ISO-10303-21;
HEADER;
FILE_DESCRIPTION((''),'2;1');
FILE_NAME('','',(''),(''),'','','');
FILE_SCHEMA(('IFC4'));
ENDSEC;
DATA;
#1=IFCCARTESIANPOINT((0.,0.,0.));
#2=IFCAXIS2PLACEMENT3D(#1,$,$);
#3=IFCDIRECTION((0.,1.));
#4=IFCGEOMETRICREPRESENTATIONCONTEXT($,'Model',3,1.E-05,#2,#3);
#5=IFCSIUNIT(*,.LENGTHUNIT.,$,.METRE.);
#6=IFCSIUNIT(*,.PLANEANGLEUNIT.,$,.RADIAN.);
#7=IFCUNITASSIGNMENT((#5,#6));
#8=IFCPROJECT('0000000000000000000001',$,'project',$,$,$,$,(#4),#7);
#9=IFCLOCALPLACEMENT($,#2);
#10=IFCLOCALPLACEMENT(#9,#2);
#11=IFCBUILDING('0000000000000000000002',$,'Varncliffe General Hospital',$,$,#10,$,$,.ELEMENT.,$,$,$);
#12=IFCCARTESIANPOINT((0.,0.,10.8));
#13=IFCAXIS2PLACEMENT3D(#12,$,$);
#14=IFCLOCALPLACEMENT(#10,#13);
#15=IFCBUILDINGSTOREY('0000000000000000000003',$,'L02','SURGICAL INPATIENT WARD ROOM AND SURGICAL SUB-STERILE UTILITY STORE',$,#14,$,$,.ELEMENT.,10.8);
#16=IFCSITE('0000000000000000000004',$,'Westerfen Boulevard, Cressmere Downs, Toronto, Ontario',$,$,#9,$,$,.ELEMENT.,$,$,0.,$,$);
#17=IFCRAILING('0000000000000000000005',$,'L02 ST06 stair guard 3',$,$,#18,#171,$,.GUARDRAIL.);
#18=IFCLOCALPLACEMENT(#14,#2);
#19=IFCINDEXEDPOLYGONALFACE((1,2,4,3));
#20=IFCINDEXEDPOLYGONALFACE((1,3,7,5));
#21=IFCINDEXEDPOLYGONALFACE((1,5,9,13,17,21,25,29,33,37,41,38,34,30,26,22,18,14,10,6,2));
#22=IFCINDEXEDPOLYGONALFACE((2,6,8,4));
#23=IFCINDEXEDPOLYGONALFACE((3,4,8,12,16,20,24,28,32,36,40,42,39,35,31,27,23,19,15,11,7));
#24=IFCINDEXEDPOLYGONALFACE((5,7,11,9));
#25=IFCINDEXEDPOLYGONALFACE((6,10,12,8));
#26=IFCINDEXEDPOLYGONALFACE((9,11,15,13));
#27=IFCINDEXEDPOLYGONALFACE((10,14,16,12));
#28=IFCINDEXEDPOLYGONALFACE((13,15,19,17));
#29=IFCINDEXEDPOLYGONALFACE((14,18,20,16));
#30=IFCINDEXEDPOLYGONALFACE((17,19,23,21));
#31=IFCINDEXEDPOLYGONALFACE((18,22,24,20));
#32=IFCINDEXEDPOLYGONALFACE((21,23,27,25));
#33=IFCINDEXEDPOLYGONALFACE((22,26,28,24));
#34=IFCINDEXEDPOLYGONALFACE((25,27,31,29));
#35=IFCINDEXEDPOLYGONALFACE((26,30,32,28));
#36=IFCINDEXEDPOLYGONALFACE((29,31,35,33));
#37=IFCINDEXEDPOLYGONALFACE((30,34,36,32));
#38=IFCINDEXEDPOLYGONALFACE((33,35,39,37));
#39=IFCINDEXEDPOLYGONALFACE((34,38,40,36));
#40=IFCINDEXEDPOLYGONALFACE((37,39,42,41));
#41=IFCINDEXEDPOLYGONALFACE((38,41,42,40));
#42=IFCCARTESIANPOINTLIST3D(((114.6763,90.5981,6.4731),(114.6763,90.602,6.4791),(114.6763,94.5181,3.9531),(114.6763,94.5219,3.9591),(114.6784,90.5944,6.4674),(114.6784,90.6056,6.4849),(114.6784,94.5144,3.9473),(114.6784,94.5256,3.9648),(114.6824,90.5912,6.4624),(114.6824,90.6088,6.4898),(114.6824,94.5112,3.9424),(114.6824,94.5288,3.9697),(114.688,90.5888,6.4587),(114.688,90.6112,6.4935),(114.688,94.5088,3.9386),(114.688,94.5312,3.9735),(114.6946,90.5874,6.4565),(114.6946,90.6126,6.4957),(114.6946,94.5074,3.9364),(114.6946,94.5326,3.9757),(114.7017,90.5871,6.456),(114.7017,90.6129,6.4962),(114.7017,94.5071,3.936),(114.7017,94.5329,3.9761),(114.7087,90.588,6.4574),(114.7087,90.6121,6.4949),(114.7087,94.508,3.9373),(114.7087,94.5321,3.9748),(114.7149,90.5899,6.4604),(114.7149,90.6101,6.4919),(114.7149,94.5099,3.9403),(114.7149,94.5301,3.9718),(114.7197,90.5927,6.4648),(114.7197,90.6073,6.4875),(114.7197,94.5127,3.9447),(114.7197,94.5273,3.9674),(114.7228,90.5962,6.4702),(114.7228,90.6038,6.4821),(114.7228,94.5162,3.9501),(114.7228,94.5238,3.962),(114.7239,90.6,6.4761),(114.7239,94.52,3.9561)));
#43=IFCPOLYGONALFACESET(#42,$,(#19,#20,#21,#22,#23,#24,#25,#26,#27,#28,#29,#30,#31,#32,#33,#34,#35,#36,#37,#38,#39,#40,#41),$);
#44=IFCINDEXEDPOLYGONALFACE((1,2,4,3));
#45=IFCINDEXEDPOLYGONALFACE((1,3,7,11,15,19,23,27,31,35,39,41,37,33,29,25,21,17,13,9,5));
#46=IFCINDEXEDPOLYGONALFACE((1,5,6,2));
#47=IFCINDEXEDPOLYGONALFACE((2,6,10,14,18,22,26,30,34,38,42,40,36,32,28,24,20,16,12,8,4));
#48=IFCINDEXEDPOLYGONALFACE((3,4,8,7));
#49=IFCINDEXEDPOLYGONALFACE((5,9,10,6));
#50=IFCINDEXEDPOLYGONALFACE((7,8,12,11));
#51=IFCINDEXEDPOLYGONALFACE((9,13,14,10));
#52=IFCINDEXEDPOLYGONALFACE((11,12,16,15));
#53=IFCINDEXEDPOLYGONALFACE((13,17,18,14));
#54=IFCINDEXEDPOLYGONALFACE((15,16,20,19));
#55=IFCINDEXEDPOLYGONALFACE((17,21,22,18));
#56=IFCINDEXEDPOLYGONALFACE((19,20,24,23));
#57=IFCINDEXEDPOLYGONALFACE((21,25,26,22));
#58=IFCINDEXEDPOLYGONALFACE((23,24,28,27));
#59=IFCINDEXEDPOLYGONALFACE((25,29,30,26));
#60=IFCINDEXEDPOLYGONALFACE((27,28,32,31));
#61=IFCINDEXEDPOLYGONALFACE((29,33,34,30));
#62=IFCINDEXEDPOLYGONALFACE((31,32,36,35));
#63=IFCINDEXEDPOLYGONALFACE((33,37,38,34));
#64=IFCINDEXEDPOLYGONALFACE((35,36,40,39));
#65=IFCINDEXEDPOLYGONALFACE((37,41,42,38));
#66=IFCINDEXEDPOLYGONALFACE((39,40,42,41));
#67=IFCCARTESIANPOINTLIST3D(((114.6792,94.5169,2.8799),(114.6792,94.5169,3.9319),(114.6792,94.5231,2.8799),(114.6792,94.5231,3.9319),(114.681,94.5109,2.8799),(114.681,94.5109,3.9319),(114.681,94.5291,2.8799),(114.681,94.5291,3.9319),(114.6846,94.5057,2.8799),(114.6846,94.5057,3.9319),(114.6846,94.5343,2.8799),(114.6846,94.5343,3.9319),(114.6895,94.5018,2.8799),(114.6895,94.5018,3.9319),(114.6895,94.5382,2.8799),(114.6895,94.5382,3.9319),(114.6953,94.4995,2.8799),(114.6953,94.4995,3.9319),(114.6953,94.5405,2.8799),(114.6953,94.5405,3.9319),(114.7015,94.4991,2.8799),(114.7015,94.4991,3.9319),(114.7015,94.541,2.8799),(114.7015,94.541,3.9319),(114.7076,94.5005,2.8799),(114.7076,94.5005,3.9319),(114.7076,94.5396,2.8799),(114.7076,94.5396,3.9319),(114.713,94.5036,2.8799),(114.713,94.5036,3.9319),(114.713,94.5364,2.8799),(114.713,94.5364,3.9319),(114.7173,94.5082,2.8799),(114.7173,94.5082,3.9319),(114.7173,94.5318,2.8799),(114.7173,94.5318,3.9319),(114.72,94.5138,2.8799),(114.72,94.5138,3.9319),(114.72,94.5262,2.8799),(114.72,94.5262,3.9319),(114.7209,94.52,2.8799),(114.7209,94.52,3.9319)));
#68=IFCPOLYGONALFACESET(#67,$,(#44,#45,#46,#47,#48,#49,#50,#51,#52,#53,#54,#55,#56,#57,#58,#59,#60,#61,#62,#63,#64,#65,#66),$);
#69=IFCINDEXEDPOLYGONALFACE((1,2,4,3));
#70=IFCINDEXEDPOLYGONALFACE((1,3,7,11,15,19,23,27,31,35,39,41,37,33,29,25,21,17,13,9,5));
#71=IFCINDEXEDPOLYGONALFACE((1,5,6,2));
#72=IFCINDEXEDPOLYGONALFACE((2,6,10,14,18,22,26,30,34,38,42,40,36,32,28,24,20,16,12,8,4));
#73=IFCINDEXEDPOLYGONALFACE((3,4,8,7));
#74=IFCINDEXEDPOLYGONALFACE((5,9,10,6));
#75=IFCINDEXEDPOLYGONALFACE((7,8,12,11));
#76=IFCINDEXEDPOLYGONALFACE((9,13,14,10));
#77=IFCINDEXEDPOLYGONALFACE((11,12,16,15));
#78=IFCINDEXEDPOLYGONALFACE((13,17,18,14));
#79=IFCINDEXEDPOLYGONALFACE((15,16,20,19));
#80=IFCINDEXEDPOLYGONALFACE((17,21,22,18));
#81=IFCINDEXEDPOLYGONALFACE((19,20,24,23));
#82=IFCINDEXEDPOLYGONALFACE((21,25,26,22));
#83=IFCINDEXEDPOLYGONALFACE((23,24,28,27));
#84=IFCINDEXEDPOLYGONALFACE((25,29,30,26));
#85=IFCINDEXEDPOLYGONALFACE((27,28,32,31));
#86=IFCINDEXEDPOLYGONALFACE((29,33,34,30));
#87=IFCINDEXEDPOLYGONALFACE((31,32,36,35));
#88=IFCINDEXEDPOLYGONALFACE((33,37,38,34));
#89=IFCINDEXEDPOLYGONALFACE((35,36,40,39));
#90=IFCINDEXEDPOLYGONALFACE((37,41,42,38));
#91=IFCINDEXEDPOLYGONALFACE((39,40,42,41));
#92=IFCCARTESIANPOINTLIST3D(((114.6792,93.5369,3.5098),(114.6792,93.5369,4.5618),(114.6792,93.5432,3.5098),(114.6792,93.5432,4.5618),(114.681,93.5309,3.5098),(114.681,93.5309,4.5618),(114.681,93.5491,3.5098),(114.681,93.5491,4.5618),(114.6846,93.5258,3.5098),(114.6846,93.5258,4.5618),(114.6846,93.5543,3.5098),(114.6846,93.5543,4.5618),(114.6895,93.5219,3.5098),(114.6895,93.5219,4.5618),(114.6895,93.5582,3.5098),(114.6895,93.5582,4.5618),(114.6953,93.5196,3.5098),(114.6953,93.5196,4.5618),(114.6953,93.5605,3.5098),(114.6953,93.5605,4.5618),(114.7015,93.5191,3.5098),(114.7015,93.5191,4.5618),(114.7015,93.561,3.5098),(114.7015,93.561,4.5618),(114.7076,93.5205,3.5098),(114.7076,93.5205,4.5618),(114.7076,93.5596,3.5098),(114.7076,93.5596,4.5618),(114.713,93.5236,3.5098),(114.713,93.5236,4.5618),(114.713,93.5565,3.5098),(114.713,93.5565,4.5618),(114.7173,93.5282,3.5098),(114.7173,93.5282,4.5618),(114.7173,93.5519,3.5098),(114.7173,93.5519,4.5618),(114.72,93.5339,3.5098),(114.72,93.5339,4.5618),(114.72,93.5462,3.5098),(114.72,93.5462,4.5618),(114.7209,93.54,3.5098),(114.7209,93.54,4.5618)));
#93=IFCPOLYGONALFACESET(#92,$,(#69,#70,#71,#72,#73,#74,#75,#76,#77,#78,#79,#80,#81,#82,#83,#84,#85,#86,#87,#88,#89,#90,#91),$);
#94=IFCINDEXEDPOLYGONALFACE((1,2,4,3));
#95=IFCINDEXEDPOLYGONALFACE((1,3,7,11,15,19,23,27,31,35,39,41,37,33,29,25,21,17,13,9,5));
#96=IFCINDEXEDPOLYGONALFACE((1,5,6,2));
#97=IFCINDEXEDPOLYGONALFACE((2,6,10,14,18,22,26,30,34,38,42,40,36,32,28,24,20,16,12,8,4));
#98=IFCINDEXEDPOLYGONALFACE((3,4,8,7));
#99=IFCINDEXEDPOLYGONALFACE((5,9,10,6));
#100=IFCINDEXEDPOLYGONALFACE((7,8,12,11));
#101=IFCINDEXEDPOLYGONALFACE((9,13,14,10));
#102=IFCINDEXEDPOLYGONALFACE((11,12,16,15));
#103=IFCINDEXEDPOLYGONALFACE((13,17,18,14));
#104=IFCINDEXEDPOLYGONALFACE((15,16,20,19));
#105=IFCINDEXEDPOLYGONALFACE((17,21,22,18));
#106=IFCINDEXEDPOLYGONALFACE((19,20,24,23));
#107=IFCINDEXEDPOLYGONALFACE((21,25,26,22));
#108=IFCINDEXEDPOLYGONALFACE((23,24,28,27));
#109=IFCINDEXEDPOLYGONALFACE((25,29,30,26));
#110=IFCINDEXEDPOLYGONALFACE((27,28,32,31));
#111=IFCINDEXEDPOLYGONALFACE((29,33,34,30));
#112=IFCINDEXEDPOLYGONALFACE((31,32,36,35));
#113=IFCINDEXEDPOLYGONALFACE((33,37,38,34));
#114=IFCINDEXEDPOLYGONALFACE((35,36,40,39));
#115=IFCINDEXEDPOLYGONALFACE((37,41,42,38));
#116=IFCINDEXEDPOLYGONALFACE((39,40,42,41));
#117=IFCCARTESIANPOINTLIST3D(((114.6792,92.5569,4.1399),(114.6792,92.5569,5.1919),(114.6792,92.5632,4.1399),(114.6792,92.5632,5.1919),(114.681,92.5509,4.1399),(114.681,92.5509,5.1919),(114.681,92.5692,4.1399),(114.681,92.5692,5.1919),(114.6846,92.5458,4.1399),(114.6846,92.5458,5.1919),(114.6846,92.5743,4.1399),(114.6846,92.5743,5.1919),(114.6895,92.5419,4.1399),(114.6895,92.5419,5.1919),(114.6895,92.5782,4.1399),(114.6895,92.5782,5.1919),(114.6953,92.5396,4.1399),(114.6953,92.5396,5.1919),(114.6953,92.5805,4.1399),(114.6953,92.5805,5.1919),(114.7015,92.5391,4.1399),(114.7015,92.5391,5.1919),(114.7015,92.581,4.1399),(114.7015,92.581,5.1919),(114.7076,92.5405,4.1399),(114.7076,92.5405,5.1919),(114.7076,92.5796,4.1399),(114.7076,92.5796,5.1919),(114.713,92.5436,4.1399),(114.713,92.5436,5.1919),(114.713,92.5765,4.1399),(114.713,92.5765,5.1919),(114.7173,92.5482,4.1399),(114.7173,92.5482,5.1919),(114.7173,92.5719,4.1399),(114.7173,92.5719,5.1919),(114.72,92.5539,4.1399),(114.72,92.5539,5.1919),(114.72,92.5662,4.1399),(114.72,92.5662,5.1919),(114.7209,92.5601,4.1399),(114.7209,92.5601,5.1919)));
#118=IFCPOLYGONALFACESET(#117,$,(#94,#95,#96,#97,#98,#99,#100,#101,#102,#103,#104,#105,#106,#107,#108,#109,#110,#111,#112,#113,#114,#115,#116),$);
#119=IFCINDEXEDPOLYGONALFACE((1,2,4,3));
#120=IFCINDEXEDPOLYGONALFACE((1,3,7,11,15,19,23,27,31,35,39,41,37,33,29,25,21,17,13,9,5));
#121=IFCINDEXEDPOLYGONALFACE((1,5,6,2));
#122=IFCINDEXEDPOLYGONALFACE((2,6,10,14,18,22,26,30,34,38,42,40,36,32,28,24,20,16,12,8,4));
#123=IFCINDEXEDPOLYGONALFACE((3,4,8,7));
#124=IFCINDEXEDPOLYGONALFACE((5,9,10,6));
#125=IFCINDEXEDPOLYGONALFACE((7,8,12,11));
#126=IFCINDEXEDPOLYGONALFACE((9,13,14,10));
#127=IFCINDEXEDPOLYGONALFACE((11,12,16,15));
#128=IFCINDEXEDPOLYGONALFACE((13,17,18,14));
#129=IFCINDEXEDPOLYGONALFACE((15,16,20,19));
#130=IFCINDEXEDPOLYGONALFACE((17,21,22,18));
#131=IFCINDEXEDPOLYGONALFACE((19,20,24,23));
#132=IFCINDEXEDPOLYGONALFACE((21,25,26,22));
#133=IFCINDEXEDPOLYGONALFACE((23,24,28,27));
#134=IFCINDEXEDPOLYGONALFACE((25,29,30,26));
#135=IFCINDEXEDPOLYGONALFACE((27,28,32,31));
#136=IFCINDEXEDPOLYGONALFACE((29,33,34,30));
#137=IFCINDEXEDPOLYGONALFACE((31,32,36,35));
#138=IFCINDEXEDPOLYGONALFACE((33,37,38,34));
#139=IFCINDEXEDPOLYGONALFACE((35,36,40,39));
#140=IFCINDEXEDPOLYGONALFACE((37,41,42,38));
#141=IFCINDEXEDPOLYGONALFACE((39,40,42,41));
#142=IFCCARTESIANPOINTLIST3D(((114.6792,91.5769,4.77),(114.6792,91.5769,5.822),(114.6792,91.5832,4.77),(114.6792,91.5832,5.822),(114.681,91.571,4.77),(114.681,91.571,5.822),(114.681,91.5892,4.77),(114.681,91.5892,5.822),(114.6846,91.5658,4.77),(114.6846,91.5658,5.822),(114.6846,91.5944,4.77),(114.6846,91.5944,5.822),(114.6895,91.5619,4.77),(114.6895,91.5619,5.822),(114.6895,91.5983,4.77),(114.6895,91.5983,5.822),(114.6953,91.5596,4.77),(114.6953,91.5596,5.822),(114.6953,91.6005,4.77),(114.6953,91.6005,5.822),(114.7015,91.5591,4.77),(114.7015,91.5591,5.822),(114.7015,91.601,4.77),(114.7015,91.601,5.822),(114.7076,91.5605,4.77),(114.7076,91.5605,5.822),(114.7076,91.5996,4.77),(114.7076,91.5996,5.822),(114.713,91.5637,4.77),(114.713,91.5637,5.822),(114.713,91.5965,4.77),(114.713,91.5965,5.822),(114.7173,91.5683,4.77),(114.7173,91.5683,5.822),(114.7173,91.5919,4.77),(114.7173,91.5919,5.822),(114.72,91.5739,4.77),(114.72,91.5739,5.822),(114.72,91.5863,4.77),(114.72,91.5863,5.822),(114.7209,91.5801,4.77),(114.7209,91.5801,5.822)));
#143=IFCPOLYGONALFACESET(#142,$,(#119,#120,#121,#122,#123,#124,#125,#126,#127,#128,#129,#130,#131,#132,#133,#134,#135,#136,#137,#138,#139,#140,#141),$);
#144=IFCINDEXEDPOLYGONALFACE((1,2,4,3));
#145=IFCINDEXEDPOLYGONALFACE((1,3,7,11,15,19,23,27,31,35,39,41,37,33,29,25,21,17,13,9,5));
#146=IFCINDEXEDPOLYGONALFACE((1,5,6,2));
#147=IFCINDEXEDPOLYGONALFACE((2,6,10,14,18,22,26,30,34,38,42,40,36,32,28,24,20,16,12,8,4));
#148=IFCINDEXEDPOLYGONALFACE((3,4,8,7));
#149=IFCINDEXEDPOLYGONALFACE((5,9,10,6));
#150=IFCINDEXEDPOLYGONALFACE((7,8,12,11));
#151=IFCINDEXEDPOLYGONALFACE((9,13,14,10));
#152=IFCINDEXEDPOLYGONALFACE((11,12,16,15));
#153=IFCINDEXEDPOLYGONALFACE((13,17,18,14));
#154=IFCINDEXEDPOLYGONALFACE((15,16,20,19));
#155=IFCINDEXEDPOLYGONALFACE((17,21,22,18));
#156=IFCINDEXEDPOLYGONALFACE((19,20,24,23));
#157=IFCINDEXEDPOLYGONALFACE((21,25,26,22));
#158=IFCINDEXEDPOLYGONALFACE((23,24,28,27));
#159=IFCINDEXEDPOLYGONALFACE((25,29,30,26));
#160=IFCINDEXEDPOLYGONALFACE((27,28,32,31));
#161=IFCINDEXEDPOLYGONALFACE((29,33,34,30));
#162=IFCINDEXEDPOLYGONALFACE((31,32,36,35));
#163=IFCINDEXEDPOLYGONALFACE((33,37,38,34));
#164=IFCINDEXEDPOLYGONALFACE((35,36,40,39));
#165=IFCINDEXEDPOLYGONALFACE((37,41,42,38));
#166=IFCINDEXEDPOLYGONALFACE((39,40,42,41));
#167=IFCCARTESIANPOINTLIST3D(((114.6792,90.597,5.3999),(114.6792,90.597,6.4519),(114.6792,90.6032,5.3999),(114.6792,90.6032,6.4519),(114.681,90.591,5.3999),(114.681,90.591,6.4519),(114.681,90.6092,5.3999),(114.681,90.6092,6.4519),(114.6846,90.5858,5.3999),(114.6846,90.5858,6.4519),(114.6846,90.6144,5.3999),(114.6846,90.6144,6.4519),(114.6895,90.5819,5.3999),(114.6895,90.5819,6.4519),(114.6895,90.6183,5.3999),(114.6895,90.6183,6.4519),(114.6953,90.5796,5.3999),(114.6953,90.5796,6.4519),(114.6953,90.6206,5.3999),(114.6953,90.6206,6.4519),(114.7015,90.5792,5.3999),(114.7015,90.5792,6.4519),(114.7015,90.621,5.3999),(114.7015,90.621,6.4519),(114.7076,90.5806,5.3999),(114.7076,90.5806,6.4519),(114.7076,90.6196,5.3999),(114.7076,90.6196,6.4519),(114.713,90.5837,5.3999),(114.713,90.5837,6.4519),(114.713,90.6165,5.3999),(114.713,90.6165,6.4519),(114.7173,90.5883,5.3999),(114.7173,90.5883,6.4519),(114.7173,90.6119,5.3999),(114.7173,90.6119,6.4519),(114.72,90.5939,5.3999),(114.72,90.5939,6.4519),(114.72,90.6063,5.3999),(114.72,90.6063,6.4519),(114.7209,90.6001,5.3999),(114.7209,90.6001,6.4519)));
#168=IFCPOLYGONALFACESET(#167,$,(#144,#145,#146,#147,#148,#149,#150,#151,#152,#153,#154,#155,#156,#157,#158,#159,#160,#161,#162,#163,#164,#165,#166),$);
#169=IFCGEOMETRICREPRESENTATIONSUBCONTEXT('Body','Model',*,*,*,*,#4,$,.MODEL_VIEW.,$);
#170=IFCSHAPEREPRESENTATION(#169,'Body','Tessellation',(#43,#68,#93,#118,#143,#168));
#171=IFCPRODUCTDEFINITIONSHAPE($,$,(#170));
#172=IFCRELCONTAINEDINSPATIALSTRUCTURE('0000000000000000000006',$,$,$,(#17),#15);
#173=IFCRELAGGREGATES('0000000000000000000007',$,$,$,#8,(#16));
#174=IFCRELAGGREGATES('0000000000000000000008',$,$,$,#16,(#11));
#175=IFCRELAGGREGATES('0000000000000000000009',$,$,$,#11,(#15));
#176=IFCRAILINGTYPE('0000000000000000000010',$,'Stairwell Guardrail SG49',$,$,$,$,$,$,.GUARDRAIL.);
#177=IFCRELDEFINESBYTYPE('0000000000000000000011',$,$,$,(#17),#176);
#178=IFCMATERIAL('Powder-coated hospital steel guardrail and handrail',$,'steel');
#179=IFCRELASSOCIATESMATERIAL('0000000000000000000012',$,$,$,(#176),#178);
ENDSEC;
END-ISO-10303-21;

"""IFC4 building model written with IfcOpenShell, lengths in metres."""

from ifc_helpers import new_model, si_unit, direction, frame, origin, origin_2d, place, context, subcontext, project, spatial, circle, extrude, material, type_object, element, save


model = new_model("IFC4")

# Units and contexts
model_context = context("Model", 3, precision=1e-05, world=origin(), true_north=direction((0.0, 1.0)))
body_context = subcontext(model_context, "Body", "Model", "MODEL_VIEW")
ifc_project = project(units=[si_unit("LENGTHUNIT", "METRE"), si_unit("PLANEANGLEUNIT", "RADIAN")], contexts=[model_context])

# Site, building, storey
site_placement = place(None, origin())
site = spatial("IfcSite", under=ifc_project, at=site_placement, Name="Westerfen Boulevard, Cressmere Downs, Toronto, Ontario", CompositionType="ELEMENT", RefElevation=0.0)
building_placement = place(site_placement, origin())
building = spatial("IfcBuilding", under=site, at=building_placement, Name="Varncliffe General Hospital", CompositionType="ELEMENT")
storey_placement = place(building_placement, frame((0.0, 0.0, 10.8)))
storey = spatial("IfcBuildingStorey", under=building, at=storey_placement, Name="L02", Description="SURGICAL INPATIENT WARD ROOM AND SURGICAL SUB-STERILE UTILITY STORE", CompositionType="ELEMENT", Elevation=10.8)

# Railing
ifc_material_1 = material(Name="Powder-coated hospital steel guardrail and handrail", Category="steel")
railing_type = type_object("IfcRailingType", Name="Stairwell Guardrail SG49", PredefinedType="GUARDRAIL", material=ifc_material_1)
railing_1_placement = place(storey_placement, frame((114.7, 94.52, 2.8799)))
element("IfcRailing", 1, at=railing_1_placement, inside=storey, type_object=railing_type, Name="L02 ST06 stair guard 3", PredefinedType="GUARDRAIL", context=body_context, shape_type="SweptSolid", body=[
    extrude(circle(Radius=0.0239, at=origin_2d()), frame((0.0, 0.0, 1.0762), z_axis=(0.0, -0.841172, 0.540768), x_axis=(1.0, 0.0, 0.0)), (0.0, 0.0, 1.0), 4.6602),
    extrude(circle(Radius=0.021, at=origin_2d()), origin(), (0.0, 0.0, 1.0), 1.052),
    extrude(circle(Radius=0.021, at=origin_2d()), frame((0.0, -0.98, 0.6299)), (0.0, 0.0, 1.0), 1.052),
    extrude(circle(Radius=0.021, at=origin_2d()), frame((0.0, -1.96, 1.26)), (0.0, 0.0, 1.0), 1.052),
    extrude(circle(Radius=0.021, at=origin_2d()), frame((0.0, -2.9399, 1.8901)), (0.0, 0.0, 1.0), 1.052),
    extrude(circle(Radius=0.021, at=origin_2d()), frame((0.0, -3.9199, 2.52)), (0.0, 0.0, 1.0), 1.052),
])

save(model, "model.ifc")
